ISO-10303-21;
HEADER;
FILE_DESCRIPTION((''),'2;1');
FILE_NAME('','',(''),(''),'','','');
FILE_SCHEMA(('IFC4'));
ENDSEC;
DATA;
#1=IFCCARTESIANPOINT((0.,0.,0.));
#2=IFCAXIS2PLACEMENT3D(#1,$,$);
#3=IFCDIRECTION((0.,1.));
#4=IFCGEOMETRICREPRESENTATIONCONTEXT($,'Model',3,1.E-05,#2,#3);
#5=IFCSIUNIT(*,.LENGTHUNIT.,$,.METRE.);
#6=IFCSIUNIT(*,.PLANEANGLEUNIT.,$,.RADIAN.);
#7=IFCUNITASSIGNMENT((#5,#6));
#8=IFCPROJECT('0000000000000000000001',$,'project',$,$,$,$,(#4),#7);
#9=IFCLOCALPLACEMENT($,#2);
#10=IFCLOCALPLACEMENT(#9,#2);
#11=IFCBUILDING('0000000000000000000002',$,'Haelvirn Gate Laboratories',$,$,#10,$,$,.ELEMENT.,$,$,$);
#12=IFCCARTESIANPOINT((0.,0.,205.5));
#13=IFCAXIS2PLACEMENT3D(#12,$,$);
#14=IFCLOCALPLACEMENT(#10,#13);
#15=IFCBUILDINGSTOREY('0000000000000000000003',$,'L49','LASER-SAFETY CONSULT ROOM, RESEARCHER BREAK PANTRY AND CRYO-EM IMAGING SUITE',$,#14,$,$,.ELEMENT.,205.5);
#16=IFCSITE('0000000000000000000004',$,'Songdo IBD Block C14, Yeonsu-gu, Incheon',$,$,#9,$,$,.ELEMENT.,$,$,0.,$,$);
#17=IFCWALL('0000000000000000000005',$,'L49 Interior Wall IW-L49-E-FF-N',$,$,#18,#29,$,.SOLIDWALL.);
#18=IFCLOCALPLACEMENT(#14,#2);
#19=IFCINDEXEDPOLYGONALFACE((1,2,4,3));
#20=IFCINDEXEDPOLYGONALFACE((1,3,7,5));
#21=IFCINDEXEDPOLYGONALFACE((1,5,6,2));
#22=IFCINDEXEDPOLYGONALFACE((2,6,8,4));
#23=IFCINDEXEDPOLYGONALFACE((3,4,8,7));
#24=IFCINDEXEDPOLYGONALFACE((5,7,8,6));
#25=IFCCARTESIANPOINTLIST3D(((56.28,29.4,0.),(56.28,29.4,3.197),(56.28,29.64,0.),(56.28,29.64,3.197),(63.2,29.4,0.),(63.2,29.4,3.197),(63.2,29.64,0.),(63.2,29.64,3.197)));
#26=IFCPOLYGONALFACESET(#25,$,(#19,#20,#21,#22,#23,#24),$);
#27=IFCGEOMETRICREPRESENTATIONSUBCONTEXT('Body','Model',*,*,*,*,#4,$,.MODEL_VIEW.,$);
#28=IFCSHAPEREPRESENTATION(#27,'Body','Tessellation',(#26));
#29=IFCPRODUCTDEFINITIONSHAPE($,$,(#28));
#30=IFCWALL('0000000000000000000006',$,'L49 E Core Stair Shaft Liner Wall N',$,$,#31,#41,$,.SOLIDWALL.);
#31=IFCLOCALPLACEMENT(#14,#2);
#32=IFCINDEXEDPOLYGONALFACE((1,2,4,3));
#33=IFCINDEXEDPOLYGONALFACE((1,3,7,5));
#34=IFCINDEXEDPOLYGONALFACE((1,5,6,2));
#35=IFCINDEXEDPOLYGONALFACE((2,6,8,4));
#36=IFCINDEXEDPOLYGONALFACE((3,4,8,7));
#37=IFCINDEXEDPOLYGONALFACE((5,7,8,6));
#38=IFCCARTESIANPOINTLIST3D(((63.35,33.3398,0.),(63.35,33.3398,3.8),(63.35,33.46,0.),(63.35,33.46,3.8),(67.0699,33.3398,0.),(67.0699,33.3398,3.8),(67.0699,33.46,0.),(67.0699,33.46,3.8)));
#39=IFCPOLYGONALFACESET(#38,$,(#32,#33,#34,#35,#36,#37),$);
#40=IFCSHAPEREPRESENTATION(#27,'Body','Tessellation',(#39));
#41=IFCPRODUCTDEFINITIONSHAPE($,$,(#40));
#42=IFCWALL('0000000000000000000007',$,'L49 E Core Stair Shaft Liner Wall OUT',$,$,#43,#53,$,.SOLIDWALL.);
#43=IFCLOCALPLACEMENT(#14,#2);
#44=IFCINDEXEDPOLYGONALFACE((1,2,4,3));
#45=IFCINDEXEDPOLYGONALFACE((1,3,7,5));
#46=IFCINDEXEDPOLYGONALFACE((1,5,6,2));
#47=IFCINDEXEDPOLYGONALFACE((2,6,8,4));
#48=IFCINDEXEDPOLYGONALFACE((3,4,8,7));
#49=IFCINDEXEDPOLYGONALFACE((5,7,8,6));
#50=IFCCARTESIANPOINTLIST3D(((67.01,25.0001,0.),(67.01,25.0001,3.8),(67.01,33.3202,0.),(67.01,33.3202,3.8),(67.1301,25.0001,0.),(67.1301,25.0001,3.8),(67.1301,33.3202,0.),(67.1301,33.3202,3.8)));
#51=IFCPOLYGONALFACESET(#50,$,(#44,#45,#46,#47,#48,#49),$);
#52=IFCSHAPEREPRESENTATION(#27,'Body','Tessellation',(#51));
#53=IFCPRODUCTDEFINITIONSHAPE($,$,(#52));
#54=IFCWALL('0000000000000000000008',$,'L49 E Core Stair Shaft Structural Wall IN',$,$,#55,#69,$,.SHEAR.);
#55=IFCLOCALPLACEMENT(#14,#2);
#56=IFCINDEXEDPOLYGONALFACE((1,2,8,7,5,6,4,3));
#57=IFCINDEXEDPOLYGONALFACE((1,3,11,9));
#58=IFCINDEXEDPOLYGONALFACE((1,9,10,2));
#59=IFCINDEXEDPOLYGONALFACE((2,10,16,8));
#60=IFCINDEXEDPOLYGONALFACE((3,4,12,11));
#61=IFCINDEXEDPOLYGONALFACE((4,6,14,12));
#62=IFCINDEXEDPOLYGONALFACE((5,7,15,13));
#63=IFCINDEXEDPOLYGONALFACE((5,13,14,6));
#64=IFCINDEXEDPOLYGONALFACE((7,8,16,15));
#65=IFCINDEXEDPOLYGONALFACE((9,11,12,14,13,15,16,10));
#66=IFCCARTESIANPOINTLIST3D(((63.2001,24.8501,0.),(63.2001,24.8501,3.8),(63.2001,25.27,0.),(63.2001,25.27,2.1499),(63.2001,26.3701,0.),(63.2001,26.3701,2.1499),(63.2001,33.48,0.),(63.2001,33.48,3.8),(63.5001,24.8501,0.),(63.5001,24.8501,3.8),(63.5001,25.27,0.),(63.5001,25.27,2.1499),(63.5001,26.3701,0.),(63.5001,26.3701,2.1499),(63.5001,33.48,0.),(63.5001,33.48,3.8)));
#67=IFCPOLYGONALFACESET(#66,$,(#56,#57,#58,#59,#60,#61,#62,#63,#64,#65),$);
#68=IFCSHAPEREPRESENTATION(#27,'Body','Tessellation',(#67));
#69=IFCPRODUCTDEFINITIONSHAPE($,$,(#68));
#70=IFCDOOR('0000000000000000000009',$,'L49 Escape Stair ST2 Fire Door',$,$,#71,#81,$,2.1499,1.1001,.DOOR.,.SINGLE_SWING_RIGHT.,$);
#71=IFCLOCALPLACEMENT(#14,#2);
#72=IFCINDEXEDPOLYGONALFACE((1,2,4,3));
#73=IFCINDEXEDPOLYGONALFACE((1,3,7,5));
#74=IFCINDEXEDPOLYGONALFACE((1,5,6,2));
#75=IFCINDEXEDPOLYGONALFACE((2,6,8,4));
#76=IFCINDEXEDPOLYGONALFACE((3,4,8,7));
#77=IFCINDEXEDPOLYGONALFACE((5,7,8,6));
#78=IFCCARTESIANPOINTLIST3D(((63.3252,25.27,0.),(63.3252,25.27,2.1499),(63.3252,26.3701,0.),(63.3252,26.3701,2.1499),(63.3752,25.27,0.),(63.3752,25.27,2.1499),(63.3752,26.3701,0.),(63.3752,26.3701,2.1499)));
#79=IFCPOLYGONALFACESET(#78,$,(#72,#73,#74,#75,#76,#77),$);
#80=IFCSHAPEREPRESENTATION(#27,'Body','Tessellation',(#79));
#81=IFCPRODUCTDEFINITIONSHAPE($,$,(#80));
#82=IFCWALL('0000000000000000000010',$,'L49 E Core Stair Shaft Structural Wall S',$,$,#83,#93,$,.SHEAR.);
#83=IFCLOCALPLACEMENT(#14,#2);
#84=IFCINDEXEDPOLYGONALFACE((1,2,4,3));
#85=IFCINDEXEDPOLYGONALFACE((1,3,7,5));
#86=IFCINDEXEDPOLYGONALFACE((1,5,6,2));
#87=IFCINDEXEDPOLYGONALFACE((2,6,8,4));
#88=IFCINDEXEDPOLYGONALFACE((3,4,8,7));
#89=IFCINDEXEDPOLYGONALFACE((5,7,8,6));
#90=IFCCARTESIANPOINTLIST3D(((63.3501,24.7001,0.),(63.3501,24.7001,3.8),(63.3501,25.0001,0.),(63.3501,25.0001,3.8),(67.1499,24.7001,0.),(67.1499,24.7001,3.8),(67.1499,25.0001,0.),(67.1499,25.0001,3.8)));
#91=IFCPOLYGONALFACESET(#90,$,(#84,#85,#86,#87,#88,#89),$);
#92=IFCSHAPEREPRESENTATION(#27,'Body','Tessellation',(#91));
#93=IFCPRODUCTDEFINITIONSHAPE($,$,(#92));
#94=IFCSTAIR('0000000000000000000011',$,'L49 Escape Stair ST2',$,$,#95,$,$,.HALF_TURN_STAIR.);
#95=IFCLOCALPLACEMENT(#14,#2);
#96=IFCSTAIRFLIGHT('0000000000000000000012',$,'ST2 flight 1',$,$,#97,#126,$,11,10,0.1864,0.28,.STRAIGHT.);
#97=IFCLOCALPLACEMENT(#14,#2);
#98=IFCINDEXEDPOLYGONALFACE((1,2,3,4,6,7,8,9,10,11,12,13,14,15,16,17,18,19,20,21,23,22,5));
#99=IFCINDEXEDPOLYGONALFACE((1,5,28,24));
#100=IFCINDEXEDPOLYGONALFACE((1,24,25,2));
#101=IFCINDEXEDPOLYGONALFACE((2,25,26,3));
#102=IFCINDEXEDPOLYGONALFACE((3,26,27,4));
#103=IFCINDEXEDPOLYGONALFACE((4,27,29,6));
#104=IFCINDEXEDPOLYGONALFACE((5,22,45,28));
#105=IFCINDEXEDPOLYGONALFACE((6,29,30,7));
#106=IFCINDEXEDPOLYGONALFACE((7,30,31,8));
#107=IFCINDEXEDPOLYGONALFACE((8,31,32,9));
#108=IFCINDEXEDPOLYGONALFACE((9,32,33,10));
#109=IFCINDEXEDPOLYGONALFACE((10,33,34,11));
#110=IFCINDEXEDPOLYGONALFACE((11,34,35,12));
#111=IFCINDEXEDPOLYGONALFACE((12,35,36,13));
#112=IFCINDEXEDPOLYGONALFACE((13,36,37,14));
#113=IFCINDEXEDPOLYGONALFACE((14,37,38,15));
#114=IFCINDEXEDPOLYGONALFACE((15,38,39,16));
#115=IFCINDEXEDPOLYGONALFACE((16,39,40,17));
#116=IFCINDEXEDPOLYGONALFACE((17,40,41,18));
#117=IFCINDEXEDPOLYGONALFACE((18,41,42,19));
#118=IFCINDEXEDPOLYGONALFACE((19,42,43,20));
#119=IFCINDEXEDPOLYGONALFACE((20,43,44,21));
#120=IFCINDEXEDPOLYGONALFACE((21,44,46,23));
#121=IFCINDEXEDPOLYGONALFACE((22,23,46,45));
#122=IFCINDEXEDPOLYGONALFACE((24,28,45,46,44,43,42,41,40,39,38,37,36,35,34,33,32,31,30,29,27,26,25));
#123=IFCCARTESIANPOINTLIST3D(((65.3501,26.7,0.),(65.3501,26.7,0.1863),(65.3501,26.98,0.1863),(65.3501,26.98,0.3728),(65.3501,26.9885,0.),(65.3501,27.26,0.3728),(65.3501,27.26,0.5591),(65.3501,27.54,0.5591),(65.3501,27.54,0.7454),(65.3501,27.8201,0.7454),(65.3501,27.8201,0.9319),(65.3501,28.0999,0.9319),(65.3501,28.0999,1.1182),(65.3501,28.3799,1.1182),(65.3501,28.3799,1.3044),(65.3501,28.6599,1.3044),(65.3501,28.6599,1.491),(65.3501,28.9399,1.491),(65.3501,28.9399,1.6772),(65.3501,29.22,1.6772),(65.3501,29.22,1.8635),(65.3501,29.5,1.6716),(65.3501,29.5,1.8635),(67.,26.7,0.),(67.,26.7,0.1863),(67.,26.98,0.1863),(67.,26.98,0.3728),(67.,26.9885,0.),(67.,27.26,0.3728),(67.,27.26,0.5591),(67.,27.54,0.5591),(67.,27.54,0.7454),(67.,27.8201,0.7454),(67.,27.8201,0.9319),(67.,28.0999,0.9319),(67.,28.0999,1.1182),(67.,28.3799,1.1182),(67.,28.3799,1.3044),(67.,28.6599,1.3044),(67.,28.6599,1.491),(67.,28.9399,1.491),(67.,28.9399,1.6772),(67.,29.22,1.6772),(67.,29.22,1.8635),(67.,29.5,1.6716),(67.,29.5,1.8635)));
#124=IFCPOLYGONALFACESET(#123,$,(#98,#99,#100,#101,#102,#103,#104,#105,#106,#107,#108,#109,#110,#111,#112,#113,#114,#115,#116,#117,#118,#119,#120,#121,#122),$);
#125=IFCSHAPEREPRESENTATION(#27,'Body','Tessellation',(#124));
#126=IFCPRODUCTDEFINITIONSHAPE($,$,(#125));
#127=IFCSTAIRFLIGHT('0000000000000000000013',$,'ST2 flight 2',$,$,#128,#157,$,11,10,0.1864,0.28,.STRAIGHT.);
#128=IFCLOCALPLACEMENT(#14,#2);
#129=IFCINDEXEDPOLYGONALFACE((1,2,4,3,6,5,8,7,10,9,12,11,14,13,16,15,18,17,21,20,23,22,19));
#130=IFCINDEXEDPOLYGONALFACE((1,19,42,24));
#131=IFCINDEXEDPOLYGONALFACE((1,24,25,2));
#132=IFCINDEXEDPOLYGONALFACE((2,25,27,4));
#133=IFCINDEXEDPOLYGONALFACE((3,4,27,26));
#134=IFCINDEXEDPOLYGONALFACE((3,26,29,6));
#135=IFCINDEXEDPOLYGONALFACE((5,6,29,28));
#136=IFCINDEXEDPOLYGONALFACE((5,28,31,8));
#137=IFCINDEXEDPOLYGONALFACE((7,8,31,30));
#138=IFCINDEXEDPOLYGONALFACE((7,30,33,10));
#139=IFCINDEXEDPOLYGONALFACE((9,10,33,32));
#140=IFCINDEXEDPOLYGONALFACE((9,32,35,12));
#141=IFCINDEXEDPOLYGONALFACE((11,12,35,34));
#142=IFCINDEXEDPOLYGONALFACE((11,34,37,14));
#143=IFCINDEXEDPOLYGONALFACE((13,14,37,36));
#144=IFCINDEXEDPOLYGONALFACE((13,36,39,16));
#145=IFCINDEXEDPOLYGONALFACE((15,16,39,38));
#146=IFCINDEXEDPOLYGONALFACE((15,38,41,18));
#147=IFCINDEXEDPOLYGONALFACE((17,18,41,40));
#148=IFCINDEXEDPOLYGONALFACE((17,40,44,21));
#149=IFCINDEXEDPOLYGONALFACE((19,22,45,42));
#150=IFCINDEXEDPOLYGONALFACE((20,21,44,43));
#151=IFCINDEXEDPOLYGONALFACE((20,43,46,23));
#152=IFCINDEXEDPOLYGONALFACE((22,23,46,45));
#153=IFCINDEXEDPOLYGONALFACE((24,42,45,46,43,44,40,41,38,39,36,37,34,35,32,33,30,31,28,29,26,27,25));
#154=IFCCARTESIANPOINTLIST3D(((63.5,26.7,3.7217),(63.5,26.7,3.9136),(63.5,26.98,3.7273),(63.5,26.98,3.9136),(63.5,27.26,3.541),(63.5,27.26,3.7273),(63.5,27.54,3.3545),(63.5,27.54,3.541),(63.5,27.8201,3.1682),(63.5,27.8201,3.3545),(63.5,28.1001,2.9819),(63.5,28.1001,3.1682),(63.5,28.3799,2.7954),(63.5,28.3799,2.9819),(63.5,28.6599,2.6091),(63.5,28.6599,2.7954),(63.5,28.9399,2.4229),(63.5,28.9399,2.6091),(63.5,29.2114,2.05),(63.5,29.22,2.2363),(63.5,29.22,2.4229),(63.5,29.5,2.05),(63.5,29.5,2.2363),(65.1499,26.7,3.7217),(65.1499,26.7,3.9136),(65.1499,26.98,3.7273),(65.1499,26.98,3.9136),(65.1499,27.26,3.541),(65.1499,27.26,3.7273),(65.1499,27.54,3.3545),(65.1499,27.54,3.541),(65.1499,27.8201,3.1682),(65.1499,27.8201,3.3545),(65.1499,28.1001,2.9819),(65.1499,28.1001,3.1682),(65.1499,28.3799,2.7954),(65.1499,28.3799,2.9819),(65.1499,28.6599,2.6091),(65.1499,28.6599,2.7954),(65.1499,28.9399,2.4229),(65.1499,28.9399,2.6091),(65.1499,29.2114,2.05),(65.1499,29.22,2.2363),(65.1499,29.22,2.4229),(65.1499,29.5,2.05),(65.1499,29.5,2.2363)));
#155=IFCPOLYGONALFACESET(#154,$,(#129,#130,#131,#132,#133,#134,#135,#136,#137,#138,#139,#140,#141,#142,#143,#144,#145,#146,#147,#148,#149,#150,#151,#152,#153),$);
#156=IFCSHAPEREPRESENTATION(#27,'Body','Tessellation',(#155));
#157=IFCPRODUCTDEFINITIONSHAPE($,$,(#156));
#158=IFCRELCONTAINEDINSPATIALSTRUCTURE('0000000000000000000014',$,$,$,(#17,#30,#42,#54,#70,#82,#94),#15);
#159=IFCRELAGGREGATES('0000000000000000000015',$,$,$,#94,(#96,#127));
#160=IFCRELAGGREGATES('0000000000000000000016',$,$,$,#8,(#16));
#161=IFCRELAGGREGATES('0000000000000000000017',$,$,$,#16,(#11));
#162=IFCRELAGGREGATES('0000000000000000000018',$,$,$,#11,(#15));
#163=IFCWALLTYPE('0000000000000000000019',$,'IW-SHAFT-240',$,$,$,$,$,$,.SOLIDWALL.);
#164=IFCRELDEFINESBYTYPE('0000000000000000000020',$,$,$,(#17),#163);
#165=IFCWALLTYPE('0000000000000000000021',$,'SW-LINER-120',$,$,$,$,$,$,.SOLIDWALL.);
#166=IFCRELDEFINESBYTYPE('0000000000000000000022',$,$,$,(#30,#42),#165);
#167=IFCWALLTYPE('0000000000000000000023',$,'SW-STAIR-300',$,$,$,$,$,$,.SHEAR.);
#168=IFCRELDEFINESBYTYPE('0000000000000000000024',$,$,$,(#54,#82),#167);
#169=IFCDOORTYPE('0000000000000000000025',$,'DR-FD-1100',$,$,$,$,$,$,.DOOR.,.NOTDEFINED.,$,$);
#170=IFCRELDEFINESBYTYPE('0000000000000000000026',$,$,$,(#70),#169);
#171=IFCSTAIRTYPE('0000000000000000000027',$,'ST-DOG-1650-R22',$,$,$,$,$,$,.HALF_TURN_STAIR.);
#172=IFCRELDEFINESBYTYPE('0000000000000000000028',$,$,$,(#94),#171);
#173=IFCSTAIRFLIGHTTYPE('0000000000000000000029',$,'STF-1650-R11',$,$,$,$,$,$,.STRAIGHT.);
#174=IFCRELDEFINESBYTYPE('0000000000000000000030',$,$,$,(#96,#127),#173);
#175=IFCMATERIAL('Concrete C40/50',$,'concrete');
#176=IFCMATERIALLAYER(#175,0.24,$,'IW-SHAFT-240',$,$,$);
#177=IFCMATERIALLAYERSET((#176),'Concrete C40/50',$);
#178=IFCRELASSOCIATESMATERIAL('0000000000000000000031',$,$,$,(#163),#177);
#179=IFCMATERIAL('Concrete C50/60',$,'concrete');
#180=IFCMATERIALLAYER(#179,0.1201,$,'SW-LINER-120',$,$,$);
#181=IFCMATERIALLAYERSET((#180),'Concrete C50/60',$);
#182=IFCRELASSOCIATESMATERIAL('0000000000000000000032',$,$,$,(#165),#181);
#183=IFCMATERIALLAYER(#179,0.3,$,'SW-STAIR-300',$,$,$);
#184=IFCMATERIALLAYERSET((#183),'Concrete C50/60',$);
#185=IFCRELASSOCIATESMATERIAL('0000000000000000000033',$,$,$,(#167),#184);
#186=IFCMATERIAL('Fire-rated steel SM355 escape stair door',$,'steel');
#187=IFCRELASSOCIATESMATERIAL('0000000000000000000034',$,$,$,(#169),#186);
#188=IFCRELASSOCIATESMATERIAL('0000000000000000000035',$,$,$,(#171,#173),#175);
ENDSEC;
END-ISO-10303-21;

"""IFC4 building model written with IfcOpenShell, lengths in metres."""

from ifc_helpers import new_model, si_unit, direction, frame, frame_2d, origin, place, context, subcontext, project, spatial, polyline, rectangle, outline, extrude, source, transform, mapped, material, layer, layer_set, type_object, type_shapes, element, fill, aggregate, save


model = new_model("IFC4")

# Units and contexts
model_context = context("Model", 3, precision=1e-05, world=origin(), true_north=direction((0.0, 1.0)))
body_context = subcontext(model_context, "Body", "Model", "MODEL_VIEW")
ifc_project = project(units=[si_unit("LENGTHUNIT", "METRE"), si_unit("PLANEANGLEUNIT", "RADIAN")], contexts=[model_context])

# Site, building, storey
site_placement = place(None, origin())
site = spatial("IfcSite", under=ifc_project, at=site_placement, Name="Songdo IBD Block C14, Yeonsu-gu, Incheon", CompositionType="ELEMENT", RefElevation=0.0)
building_placement = place(site_placement, origin())
building = spatial("IfcBuilding", under=site, at=building_placement, Name="Haelvirn Gate Laboratories", CompositionType="ELEMENT")
storey_placement = place(building_placement, frame((0.0, 0.0, 205.5)))
storey = spatial("IfcBuildingStorey", under=building, at=storey_placement, Name="L49", Description="LASER-SAFETY CONSULT ROOM, RESEARCHER BREAK PANTRY AND CRYO-EM IMAGING SUITE", CompositionType="ELEMENT", Elevation=205.5)

# Shared definitions
ifc_material_1 = material(Name="Concrete C40/50", Category="concrete")
ifc_layer_1 = layer(ifc_material_1, 0.24, Name="IW-SHAFT-240")
ifc_layer_set_1 = layer_set([ifc_layer_1], Name="Concrete C40/50")
wall_type_1 = type_object("IfcWallType", Name="IW-SHAFT-240", PredefinedType="SOLIDWALL", material=ifc_layer_set_1)

# Walls
wall_1_placement = place(storey_placement, frame((56.28, 29.52, 0.0), z_axis=(0.0, 0.0, 1.0), x_axis=(1.0, 0.0, 0.0)))
element("IfcWall", 1, at=wall_1_placement, inside=storey, type_object=wall_type_1, Name="L49 Interior Wall IW-L49-E-FF-N", PredefinedType="SOLIDWALL", context=body_context, shape_type="SweptSolid", body=[
    extrude(rectangle(XDim=6.9199, YDim=0.24, at=frame_2d((3.46, 0.0))), origin(), (0.0, 0.0, 1.0), 3.197),
])
ifc_material_2 = material(Name="Concrete C50/60", Category="concrete")
ifc_layer_2 = layer(ifc_material_2, 0.1201, Name="SW-LINER-120")
ifc_layer_set_2 = layer_set([ifc_layer_2], Name="Concrete C50/60")
wall_type_2 = type_object("IfcWallType", Name="SW-LINER-120", PredefinedType="SOLIDWALL", material=ifc_layer_set_2)
wall_2_placement = place(storey_placement, frame((63.3501, 33.3999, 0.0), z_axis=(0.0, 0.0, 1.0), x_axis=(1.0, 0.0, 0.0)))
element("IfcWall", 2, at=wall_2_placement, inside=storey, type_object=wall_type_2, Name="L49 E Core Stair Shaft Liner Wall N", PredefinedType="SOLIDWALL", context=body_context, shape_type="SweptSolid", body=[
    extrude(rectangle(XDim=3.72, YDim=0.1201, at=frame_2d((1.8599, 0.0))), origin(), (0.0, 0.0, 1.0), 3.8),
])
wall_3_placement = place(storey_placement, frame((67.0701, 25.0, 0.0), z_axis=(0.0, 0.0, 1.0), x_axis=(0.0, 1.0, 0.0)))
element("IfcWall", 3, at=wall_3_placement, inside=storey, type_object=wall_type_2, Name="L49 E Core Stair Shaft Liner Wall OUT", PredefinedType="SOLIDWALL", context=body_context, shape_type="SweptSolid", body=[
    extrude(rectangle(XDim=8.3201, YDim=0.1201, at=frame_2d((4.1602, 0.0))), origin(), (0.0, 0.0, 1.0), 3.8),
])

# Wall, opening, door
ifc_layer_3 = layer(ifc_material_2, 0.3, Name="SW-STAIR-300")
ifc_layer_set_3 = layer_set([ifc_layer_3], Name="Concrete C50/60")
wall_type_3 = type_object("IfcWallType", Name="SW-STAIR-300", PredefinedType="SHEAR", material=ifc_layer_set_3)
wall_4_placement = place(storey_placement, frame((63.3501, 24.8501, 0.0), z_axis=(0.0, 0.0, 1.0), x_axis=(0.0, 1.0, 0.0)))
wall_4 = element("IfcWall", 4, at=wall_4_placement, inside=storey, type_object=wall_type_3, Name="L49 E Core Stair Shaft Structural Wall IN", PredefinedType="SHEAR", context=body_context, shape_type="SweptSolid", body=[
    extrude(rectangle(XDim=8.6299, YDim=0.3, at=frame_2d((4.3149, 0.0))), origin(), (0.0, 0.0, 1.0), 3.8),
])
opening_1_placement = place(wall_4_placement, frame((0.4199, 0.0, 0.0)))
opening_1 = element("IfcOpeningElement", 5, at=opening_1_placement, cuts=wall_4, PredefinedType="OPENING", context=body_context, shape_type="SweptSolid", body=[
    extrude(rectangle(XDim=1.1001, YDim=2.1499, at=frame_2d((0.55, 1.075))), frame((0.0, 0.1602, 0.0), z_axis=(0.0, -1.0, 0.0), x_axis=(1.0, 0.0, 0.0)), (0.0, 0.0, 1.0), 0.3201),
])
ifc_material_3 = material(Name="Fire-rated steel SM355 escape stair door", Category="steel")
door_type_1 = type_object("IfcDoorType", Name="DR-FD-1100", OperationType="NOTDEFINED", PredefinedType="DOOR", material=ifc_material_3)
shared_shape_1 = source(origin(), body_context, "Body", "SweptSolid", [
    extrude(rectangle(XDim=1.1001, YDim=2.1499, at=frame_2d((0.55, 1.075))), frame((0.0, 0.0249, 0.0), z_axis=(0.0, -1.0, 0.0), x_axis=(1.0, 0.0, 0.0)), (0.0, 0.0, 1.0), 0.05),
])
type_shapes(door_type_1, [shared_shape_1])
door_1_placement = place(opening_1_placement, origin())
door_1 = element("IfcDoor", 6, at=door_1_placement, inside=storey, type_object=door_type_1, Name="L49 Escape Stair ST2 Fire Door", OperationType="SINGLE_SWING_RIGHT", OverallHeight=2.1499, OverallWidth=1.1001, PredefinedType="DOOR", context=body_context, shape_type="MappedRepresentation", body=[
    mapped(shared_shape_1, transform((0.0, 0.0, 0.0), scale=1.0)),
])
fill(opening_1, door_1)

# Wall
wall_5_placement = place(storey_placement, frame((63.3501, 24.8501, 0.0), z_axis=(0.0, 0.0, 1.0), x_axis=(1.0, 0.0, 0.0)))
element("IfcWall", 7, at=wall_5_placement, inside=storey, type_object=wall_type_3, Name="L49 E Core Stair Shaft Structural Wall S", PredefinedType="SHEAR", context=body_context, shape_type="SweptSolid", body=[
    extrude(rectangle(XDim=3.7998, YDim=0.3, at=frame_2d((1.8999, 0.0))), origin(), (0.0, 0.0, 1.0), 3.8),
])

# Stair, stair flights
stair_type = type_object("IfcStairType", Name="ST-DOG-1650-R22", PredefinedType="HALF_TURN_STAIR", material=ifc_material_1)
stair_placement = place(storey_placement, origin())
stair = element("IfcStair", 8, at=stair_placement, inside=storey, type_object=stair_type, Name="L49 Escape Stair ST2", PredefinedType="HALF_TURN_STAIR")
stair_flight_type = type_object("IfcStairFlightType", Name="STF-1650-R11", PredefinedType="STRAIGHT", material=ifc_material_1)
shared_shape_2 = source(origin(), body_context, "Body", "SweptSolid", [
    extrude(outline(polyline([(0.0, 0.0), (0.0, 0.1863), (0.28, 0.1863), (0.28, 0.3728), (0.5601, 0.3728), (0.5601, 0.5591), (0.8401, 0.5591), (0.8401, 0.7454), (1.1201, 0.7454), (1.1201, 0.9319), (1.3999, 0.9319), (1.3999, 1.1182), (1.6799, 1.1182), (1.6799, 1.3044), (1.96, 1.3044), (1.96, 1.491), (2.24, 1.491), (2.24, 1.6772), (2.52, 1.6772), (2.52, 1.8635), (2.8, 1.8635), (2.8, 2.05), (2.8, 1.6716), (0.2886, 0.0), (0.0, 0.0)])), frame((0.0, 0.825, 0.0), z_axis=(0.0, -1.0, 0.0), x_axis=(1.0, 0.0, 0.0)), (0.0, 0.0, 1.0), 1.6499),
])
type_shapes(stair_flight_type, [shared_shape_2])
stair_flight_1_placement = place(storey_placement, frame((66.175, 26.7, 0.0), z_axis=(0.0, 0.0, 1.0), x_axis=(0.0, 1.0, 0.0)))
stair_flight_1 = element("IfcStairFlight", 9, at=stair_flight_1_placement, type_object=stair_flight_type, Name="ST2 flight 1", NumberOfRisers=11, NumberOfTreads=10, PredefinedType="STRAIGHT", RiserHeight=0.1864, TreadLength=0.28, context=body_context, shape_type="MappedRepresentation", body=[
    mapped(shared_shape_2, transform((0.0, 0.0, 0.0), scale=1.0)),
])
stair_flight_2_placement = place(storey_placement, frame((64.325, 29.5, 2.05), z_axis=(0.0, 0.0, 1.0), x_axis=(0.0, -1.0, 0.0)))
stair_flight_2 = element("IfcStairFlight", 10, at=stair_flight_2_placement, type_object=stair_flight_type, Name="ST2 flight 2", NumberOfRisers=11, NumberOfTreads=10, PredefinedType="STRAIGHT", RiserHeight=0.1864, TreadLength=0.28, context=body_context, shape_type="MappedRepresentation", body=[
    mapped(shared_shape_2, transform((0.0, 0.0, 0.0), scale=1.0)),
])
aggregate(stair, [stair_flight_1, stair_flight_2])

save(model, "model.ifc")
